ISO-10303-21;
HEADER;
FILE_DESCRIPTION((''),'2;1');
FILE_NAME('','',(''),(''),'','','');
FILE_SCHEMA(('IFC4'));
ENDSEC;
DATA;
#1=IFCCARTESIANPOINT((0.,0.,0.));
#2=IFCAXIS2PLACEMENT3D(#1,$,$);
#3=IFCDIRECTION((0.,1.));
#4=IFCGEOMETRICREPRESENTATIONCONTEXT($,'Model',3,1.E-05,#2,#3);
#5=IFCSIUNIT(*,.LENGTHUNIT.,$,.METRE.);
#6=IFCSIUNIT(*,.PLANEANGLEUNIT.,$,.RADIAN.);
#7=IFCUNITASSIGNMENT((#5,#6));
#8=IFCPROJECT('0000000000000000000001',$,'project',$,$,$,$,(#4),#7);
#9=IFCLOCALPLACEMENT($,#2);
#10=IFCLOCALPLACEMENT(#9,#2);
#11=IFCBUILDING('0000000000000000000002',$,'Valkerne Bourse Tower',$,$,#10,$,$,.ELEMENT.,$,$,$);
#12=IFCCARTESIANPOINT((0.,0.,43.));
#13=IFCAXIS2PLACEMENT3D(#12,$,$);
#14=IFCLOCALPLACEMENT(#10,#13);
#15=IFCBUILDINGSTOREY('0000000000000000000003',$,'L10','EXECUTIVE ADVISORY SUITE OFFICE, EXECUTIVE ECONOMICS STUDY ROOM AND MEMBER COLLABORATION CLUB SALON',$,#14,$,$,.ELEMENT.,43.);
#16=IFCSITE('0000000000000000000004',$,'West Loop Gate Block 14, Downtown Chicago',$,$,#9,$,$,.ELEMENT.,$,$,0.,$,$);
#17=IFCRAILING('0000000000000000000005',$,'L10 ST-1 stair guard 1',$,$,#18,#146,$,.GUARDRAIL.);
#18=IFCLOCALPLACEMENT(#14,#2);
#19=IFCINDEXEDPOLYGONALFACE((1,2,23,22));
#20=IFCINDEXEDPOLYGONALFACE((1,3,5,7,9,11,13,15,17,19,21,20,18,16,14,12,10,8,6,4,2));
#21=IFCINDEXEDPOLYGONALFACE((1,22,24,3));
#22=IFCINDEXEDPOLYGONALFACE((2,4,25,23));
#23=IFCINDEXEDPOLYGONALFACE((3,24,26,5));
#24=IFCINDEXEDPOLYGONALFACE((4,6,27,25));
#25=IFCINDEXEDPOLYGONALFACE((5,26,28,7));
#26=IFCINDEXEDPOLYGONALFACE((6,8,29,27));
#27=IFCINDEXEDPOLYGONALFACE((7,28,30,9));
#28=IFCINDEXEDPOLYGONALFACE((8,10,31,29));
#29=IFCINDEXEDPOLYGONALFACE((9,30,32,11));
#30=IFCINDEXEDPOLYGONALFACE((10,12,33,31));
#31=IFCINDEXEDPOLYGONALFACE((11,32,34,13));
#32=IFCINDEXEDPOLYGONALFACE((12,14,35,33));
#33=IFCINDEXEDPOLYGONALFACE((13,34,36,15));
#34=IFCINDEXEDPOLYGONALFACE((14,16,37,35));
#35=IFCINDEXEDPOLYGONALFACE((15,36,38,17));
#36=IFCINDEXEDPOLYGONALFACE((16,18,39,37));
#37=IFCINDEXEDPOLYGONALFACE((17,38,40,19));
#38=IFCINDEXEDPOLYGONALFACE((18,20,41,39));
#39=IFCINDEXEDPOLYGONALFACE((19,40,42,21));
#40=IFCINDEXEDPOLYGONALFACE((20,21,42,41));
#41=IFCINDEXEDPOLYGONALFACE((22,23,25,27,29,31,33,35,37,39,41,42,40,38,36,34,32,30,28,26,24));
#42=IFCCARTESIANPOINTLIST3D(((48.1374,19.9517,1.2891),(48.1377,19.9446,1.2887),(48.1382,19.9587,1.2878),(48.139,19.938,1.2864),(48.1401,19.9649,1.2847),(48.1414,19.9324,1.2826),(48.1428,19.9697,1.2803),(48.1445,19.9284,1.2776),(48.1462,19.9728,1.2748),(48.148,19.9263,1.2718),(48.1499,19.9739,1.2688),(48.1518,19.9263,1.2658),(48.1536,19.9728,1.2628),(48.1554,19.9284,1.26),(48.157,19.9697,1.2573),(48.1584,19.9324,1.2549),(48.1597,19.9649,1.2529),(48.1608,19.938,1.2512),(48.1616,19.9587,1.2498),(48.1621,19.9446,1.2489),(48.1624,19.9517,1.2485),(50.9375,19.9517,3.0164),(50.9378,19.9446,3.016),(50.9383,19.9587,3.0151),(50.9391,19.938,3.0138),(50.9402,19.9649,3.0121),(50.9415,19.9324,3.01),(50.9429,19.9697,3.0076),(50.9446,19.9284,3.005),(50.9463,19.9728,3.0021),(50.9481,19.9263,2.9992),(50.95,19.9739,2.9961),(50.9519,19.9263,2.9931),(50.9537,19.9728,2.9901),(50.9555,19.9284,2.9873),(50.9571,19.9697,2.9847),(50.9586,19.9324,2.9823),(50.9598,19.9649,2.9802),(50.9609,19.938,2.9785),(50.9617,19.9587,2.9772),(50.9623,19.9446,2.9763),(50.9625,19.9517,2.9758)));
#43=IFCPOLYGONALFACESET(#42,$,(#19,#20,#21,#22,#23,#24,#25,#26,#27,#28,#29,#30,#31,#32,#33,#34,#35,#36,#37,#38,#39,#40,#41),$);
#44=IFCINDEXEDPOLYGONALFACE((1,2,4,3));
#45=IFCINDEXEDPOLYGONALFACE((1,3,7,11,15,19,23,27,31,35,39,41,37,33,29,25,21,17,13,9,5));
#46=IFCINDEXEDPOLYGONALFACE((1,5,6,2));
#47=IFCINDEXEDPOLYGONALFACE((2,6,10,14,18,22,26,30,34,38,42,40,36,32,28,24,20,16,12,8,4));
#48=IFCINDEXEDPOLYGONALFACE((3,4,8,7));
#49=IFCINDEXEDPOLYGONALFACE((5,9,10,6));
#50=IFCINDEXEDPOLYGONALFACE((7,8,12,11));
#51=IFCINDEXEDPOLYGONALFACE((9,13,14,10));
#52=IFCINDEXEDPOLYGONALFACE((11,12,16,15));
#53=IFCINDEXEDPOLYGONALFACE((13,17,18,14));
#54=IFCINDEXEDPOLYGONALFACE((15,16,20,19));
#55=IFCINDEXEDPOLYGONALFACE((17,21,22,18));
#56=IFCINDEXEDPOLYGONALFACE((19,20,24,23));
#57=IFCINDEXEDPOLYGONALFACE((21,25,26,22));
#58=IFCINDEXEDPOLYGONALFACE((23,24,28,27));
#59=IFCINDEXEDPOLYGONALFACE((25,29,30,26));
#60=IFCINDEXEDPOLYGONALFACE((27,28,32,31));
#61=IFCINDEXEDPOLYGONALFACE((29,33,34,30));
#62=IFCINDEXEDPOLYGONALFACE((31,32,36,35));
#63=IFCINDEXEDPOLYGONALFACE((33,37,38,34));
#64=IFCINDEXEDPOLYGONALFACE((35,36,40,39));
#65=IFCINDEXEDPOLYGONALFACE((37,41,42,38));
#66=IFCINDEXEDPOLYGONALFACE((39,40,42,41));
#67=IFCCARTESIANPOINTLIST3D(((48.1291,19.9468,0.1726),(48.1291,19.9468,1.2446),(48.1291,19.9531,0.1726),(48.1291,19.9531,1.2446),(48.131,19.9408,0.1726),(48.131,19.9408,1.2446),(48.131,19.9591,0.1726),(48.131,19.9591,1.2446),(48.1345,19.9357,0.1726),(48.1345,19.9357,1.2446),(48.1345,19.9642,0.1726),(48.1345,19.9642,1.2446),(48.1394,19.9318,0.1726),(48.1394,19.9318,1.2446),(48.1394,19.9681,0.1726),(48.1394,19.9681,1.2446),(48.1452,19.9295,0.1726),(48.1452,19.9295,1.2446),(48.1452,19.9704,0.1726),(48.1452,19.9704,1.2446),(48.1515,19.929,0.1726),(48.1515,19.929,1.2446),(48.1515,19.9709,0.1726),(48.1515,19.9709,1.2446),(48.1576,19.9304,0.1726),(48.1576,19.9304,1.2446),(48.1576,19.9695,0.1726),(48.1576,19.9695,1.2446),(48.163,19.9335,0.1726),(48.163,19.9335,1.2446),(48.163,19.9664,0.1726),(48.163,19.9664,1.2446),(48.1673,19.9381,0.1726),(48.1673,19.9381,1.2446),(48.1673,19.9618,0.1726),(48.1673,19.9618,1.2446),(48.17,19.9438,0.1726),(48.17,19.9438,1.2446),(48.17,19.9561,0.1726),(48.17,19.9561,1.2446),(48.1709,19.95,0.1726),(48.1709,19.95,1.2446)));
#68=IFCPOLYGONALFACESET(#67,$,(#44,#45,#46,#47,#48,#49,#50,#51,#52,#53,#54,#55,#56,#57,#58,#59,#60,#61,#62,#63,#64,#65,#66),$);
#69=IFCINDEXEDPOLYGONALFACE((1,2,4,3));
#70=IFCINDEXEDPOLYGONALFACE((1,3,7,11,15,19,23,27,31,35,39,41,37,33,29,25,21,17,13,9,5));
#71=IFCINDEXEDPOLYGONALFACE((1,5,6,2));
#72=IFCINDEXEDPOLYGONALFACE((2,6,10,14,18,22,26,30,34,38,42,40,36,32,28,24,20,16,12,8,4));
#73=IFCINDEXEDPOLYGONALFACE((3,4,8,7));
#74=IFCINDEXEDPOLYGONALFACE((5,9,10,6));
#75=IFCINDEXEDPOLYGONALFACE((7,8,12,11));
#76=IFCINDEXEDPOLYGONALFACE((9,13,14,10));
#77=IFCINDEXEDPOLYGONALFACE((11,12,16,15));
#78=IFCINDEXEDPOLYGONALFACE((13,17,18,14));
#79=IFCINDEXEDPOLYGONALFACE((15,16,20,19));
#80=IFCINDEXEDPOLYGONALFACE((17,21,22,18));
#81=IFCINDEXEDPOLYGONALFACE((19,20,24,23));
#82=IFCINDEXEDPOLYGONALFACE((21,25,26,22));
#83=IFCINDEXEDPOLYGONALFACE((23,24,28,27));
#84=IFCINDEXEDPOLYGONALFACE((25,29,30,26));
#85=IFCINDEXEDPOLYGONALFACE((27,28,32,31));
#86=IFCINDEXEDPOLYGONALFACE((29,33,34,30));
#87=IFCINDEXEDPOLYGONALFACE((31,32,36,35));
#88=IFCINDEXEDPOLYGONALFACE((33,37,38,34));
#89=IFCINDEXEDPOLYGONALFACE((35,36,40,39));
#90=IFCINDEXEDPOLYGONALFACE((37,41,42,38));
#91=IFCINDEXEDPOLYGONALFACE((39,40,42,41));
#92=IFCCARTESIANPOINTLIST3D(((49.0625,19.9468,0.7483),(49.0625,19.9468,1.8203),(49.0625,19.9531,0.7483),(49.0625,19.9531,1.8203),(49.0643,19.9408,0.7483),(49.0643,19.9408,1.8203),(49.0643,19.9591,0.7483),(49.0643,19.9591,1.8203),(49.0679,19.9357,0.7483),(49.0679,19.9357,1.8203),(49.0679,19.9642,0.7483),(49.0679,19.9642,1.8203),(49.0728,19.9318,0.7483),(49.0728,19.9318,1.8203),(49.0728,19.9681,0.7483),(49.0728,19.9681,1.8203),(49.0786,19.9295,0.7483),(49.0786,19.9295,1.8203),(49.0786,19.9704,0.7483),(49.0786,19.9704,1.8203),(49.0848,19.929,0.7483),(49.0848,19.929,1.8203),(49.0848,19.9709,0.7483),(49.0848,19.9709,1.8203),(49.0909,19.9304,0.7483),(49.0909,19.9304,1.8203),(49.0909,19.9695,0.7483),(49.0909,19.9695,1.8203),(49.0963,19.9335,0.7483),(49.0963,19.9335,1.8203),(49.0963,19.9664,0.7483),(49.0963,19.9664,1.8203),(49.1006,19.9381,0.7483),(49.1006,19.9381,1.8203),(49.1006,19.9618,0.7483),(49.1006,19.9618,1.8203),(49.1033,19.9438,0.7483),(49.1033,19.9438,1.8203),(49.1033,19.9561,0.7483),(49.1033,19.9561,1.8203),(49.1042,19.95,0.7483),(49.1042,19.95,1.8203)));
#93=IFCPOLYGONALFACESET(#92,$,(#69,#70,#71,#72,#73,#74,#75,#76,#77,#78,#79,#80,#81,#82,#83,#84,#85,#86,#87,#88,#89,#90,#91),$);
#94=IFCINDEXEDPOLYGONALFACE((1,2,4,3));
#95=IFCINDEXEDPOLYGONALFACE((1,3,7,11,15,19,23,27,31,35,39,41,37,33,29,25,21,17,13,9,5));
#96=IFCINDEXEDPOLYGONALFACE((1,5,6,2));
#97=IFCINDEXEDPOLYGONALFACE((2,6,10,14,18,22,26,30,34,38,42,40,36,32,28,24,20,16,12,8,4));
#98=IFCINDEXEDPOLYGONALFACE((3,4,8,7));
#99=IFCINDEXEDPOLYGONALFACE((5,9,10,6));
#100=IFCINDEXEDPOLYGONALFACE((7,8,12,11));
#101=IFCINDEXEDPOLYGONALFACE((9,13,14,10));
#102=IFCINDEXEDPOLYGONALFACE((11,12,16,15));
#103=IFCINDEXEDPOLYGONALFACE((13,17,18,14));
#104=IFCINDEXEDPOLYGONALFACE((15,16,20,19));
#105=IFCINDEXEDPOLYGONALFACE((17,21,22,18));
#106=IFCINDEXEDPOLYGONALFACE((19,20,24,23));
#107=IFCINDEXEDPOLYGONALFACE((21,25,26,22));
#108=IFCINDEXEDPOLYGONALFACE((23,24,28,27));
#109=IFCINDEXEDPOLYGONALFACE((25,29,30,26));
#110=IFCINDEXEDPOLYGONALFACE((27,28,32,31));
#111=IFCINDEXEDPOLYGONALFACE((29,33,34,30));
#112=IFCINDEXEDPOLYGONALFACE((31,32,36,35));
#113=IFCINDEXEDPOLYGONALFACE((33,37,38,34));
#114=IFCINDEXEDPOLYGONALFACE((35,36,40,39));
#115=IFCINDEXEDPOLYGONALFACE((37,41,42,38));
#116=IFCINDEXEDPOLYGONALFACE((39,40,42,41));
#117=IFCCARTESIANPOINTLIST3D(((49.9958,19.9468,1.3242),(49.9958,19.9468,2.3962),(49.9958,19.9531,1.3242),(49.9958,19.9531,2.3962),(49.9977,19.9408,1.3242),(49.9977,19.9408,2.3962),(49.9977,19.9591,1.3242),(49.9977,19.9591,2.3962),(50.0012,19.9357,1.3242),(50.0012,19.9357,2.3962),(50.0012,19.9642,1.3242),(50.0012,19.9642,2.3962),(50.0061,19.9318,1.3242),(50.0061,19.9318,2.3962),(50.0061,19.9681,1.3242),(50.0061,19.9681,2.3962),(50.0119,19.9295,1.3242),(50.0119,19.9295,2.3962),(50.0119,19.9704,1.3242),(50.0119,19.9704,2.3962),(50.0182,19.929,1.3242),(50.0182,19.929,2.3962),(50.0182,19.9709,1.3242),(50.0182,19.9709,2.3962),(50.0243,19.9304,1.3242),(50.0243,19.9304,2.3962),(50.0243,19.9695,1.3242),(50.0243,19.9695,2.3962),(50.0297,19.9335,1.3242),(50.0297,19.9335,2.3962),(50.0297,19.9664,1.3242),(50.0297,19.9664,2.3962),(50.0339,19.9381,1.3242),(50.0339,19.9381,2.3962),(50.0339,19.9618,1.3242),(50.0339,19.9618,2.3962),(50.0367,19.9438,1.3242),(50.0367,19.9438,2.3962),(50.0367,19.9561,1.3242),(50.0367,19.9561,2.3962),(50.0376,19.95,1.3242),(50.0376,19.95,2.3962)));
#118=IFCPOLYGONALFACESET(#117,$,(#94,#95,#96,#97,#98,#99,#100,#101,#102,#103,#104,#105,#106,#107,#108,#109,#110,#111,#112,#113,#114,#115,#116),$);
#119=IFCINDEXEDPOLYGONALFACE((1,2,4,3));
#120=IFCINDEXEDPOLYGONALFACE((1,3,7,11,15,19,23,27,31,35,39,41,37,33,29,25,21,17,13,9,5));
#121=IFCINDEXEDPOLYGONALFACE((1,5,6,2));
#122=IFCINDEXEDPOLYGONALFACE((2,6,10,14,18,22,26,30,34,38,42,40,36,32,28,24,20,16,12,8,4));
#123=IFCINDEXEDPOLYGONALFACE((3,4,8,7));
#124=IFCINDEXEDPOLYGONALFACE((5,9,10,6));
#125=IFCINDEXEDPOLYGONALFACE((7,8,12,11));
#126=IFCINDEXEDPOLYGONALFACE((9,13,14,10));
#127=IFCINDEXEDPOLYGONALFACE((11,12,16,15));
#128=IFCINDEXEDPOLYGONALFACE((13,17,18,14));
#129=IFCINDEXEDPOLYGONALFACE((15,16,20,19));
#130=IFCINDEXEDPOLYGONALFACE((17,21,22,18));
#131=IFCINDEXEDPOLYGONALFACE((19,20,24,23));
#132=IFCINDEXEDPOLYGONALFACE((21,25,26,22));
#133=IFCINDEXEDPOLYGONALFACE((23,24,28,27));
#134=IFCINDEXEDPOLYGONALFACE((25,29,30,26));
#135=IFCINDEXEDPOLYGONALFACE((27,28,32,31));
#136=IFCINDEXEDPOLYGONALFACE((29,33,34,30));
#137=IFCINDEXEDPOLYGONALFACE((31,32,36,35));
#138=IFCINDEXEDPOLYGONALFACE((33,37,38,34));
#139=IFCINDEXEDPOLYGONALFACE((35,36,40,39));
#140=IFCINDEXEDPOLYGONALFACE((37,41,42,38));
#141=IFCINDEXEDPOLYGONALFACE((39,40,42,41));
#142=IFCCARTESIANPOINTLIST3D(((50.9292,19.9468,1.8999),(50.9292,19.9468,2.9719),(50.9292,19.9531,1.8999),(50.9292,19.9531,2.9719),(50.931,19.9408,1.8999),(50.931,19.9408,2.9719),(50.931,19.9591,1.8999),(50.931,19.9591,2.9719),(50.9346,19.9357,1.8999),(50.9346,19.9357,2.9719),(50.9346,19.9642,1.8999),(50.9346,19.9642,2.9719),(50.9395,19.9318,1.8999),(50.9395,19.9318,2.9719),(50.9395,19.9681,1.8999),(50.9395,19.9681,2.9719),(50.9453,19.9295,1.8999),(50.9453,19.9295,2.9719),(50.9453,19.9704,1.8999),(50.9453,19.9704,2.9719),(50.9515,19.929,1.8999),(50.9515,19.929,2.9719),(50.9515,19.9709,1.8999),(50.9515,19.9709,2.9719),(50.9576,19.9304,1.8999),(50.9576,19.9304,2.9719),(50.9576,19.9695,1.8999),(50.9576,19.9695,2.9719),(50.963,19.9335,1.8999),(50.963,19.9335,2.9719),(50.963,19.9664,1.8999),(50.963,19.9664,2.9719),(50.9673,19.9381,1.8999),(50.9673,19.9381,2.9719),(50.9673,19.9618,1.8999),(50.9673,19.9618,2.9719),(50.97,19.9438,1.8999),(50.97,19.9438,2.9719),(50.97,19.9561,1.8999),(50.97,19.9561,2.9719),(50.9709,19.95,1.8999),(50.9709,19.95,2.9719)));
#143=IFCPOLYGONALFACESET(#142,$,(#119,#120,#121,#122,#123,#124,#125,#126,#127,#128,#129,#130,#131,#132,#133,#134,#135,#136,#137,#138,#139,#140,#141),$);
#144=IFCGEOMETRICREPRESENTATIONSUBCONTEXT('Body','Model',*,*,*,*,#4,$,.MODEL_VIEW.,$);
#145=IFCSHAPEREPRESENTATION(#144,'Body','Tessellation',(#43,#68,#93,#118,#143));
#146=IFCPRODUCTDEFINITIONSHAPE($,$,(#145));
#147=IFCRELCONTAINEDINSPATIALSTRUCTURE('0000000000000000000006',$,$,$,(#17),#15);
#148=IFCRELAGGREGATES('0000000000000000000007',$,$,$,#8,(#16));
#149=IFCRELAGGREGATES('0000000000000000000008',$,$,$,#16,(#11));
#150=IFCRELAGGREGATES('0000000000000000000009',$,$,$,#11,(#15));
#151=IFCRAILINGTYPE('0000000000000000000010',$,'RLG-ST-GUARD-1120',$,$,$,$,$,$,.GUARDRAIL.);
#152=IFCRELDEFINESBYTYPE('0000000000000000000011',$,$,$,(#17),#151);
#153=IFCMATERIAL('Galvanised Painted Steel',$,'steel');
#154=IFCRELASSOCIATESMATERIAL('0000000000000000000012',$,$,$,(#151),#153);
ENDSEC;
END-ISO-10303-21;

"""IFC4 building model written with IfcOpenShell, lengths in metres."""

from ifc_helpers import new_model, si_unit, direction, frame, origin, origin_2d, place, context, subcontext, project, spatial, circle, extrude, material, type_object, element, save


model = new_model("IFC4")

# Units and contexts
model_context = context("Model", 3, precision=1e-05, world=origin(), true_north=direction((0.0, 1.0)))
body_context = subcontext(model_context, "Body", "Model", "MODEL_VIEW")
ifc_project = project(units=[si_unit("LENGTHUNIT", "METRE"), si_unit("PLANEANGLEUNIT", "RADIAN")], contexts=[model_context])

# Site, building, storey
site_placement = place(None, origin())
site = spatial("IfcSite", under=ifc_project, at=site_placement, Name="West Loop Gate Block 14, Downtown Chicago", CompositionType="ELEMENT", RefElevation=0.0)
building_placement = place(site_placement, origin())
building = spatial("IfcBuilding", under=site, at=building_placement, Name="Valkerne Bourse Tower", CompositionType="ELEMENT")
storey_placement = place(building_placement, frame((0.0, 0.0, 43.0)))
storey = spatial("IfcBuildingStorey", under=building, at=storey_placement, Name="L10", Description="EXECUTIVE ADVISORY SUITE OFFICE, EXECUTIVE ECONOMICS STUDY ROOM AND MEMBER COLLABORATION CLUB SALON", CompositionType="ELEMENT", Elevation=43.0)

# Shared definitions
ifc_material_1 = material(Name="Galvanised Painted Steel", Category="steel")

# Railing
railing_type_1 = type_object("IfcRailingType", Name="RLG-ST-GUARD-1120", PredefinedType="GUARDRAIL", material=ifc_material_1)
railing_1_placement = place(storey_placement, frame((48.1499, 19.95, 0.1726)))
element("IfcRailing", 1, at=railing_1_placement, inside=storey, type_object=railing_type_1, Name="L10 ST-1 stair guard 1", PredefinedType="GUARDRAIL", context=body_context, shape_type="SweptSolid", body=[
    extrude(circle(Radius=0.0239, at=origin_2d()), frame((0.0, 0.0, 1.0962), z_axis=(0.85109, 0.0, 0.52502), x_axis=(0.0, 1.0, 0.0)), (0.0, 0.0, 1.0), 3.29),
    extrude(circle(Radius=0.021, at=origin_2d()), origin(), (0.0, 0.0, 1.0), 1.072),
    extrude(circle(Radius=0.021, at=origin_2d()), frame((0.9333, 0.0, 0.5757)), (0.0, 0.0, 1.0), 1.072),
    extrude(circle(Radius=0.021, at=origin_2d()), frame((1.8667, 0.0, 1.1516)), (0.0, 0.0, 1.0), 1.072),
    extrude(circle(Radius=0.021, at=origin_2d()), frame((2.8, 0.0, 1.7273)), (0.0, 0.0, 1.0), 1.072),
])

save(model, "model.ifc")
